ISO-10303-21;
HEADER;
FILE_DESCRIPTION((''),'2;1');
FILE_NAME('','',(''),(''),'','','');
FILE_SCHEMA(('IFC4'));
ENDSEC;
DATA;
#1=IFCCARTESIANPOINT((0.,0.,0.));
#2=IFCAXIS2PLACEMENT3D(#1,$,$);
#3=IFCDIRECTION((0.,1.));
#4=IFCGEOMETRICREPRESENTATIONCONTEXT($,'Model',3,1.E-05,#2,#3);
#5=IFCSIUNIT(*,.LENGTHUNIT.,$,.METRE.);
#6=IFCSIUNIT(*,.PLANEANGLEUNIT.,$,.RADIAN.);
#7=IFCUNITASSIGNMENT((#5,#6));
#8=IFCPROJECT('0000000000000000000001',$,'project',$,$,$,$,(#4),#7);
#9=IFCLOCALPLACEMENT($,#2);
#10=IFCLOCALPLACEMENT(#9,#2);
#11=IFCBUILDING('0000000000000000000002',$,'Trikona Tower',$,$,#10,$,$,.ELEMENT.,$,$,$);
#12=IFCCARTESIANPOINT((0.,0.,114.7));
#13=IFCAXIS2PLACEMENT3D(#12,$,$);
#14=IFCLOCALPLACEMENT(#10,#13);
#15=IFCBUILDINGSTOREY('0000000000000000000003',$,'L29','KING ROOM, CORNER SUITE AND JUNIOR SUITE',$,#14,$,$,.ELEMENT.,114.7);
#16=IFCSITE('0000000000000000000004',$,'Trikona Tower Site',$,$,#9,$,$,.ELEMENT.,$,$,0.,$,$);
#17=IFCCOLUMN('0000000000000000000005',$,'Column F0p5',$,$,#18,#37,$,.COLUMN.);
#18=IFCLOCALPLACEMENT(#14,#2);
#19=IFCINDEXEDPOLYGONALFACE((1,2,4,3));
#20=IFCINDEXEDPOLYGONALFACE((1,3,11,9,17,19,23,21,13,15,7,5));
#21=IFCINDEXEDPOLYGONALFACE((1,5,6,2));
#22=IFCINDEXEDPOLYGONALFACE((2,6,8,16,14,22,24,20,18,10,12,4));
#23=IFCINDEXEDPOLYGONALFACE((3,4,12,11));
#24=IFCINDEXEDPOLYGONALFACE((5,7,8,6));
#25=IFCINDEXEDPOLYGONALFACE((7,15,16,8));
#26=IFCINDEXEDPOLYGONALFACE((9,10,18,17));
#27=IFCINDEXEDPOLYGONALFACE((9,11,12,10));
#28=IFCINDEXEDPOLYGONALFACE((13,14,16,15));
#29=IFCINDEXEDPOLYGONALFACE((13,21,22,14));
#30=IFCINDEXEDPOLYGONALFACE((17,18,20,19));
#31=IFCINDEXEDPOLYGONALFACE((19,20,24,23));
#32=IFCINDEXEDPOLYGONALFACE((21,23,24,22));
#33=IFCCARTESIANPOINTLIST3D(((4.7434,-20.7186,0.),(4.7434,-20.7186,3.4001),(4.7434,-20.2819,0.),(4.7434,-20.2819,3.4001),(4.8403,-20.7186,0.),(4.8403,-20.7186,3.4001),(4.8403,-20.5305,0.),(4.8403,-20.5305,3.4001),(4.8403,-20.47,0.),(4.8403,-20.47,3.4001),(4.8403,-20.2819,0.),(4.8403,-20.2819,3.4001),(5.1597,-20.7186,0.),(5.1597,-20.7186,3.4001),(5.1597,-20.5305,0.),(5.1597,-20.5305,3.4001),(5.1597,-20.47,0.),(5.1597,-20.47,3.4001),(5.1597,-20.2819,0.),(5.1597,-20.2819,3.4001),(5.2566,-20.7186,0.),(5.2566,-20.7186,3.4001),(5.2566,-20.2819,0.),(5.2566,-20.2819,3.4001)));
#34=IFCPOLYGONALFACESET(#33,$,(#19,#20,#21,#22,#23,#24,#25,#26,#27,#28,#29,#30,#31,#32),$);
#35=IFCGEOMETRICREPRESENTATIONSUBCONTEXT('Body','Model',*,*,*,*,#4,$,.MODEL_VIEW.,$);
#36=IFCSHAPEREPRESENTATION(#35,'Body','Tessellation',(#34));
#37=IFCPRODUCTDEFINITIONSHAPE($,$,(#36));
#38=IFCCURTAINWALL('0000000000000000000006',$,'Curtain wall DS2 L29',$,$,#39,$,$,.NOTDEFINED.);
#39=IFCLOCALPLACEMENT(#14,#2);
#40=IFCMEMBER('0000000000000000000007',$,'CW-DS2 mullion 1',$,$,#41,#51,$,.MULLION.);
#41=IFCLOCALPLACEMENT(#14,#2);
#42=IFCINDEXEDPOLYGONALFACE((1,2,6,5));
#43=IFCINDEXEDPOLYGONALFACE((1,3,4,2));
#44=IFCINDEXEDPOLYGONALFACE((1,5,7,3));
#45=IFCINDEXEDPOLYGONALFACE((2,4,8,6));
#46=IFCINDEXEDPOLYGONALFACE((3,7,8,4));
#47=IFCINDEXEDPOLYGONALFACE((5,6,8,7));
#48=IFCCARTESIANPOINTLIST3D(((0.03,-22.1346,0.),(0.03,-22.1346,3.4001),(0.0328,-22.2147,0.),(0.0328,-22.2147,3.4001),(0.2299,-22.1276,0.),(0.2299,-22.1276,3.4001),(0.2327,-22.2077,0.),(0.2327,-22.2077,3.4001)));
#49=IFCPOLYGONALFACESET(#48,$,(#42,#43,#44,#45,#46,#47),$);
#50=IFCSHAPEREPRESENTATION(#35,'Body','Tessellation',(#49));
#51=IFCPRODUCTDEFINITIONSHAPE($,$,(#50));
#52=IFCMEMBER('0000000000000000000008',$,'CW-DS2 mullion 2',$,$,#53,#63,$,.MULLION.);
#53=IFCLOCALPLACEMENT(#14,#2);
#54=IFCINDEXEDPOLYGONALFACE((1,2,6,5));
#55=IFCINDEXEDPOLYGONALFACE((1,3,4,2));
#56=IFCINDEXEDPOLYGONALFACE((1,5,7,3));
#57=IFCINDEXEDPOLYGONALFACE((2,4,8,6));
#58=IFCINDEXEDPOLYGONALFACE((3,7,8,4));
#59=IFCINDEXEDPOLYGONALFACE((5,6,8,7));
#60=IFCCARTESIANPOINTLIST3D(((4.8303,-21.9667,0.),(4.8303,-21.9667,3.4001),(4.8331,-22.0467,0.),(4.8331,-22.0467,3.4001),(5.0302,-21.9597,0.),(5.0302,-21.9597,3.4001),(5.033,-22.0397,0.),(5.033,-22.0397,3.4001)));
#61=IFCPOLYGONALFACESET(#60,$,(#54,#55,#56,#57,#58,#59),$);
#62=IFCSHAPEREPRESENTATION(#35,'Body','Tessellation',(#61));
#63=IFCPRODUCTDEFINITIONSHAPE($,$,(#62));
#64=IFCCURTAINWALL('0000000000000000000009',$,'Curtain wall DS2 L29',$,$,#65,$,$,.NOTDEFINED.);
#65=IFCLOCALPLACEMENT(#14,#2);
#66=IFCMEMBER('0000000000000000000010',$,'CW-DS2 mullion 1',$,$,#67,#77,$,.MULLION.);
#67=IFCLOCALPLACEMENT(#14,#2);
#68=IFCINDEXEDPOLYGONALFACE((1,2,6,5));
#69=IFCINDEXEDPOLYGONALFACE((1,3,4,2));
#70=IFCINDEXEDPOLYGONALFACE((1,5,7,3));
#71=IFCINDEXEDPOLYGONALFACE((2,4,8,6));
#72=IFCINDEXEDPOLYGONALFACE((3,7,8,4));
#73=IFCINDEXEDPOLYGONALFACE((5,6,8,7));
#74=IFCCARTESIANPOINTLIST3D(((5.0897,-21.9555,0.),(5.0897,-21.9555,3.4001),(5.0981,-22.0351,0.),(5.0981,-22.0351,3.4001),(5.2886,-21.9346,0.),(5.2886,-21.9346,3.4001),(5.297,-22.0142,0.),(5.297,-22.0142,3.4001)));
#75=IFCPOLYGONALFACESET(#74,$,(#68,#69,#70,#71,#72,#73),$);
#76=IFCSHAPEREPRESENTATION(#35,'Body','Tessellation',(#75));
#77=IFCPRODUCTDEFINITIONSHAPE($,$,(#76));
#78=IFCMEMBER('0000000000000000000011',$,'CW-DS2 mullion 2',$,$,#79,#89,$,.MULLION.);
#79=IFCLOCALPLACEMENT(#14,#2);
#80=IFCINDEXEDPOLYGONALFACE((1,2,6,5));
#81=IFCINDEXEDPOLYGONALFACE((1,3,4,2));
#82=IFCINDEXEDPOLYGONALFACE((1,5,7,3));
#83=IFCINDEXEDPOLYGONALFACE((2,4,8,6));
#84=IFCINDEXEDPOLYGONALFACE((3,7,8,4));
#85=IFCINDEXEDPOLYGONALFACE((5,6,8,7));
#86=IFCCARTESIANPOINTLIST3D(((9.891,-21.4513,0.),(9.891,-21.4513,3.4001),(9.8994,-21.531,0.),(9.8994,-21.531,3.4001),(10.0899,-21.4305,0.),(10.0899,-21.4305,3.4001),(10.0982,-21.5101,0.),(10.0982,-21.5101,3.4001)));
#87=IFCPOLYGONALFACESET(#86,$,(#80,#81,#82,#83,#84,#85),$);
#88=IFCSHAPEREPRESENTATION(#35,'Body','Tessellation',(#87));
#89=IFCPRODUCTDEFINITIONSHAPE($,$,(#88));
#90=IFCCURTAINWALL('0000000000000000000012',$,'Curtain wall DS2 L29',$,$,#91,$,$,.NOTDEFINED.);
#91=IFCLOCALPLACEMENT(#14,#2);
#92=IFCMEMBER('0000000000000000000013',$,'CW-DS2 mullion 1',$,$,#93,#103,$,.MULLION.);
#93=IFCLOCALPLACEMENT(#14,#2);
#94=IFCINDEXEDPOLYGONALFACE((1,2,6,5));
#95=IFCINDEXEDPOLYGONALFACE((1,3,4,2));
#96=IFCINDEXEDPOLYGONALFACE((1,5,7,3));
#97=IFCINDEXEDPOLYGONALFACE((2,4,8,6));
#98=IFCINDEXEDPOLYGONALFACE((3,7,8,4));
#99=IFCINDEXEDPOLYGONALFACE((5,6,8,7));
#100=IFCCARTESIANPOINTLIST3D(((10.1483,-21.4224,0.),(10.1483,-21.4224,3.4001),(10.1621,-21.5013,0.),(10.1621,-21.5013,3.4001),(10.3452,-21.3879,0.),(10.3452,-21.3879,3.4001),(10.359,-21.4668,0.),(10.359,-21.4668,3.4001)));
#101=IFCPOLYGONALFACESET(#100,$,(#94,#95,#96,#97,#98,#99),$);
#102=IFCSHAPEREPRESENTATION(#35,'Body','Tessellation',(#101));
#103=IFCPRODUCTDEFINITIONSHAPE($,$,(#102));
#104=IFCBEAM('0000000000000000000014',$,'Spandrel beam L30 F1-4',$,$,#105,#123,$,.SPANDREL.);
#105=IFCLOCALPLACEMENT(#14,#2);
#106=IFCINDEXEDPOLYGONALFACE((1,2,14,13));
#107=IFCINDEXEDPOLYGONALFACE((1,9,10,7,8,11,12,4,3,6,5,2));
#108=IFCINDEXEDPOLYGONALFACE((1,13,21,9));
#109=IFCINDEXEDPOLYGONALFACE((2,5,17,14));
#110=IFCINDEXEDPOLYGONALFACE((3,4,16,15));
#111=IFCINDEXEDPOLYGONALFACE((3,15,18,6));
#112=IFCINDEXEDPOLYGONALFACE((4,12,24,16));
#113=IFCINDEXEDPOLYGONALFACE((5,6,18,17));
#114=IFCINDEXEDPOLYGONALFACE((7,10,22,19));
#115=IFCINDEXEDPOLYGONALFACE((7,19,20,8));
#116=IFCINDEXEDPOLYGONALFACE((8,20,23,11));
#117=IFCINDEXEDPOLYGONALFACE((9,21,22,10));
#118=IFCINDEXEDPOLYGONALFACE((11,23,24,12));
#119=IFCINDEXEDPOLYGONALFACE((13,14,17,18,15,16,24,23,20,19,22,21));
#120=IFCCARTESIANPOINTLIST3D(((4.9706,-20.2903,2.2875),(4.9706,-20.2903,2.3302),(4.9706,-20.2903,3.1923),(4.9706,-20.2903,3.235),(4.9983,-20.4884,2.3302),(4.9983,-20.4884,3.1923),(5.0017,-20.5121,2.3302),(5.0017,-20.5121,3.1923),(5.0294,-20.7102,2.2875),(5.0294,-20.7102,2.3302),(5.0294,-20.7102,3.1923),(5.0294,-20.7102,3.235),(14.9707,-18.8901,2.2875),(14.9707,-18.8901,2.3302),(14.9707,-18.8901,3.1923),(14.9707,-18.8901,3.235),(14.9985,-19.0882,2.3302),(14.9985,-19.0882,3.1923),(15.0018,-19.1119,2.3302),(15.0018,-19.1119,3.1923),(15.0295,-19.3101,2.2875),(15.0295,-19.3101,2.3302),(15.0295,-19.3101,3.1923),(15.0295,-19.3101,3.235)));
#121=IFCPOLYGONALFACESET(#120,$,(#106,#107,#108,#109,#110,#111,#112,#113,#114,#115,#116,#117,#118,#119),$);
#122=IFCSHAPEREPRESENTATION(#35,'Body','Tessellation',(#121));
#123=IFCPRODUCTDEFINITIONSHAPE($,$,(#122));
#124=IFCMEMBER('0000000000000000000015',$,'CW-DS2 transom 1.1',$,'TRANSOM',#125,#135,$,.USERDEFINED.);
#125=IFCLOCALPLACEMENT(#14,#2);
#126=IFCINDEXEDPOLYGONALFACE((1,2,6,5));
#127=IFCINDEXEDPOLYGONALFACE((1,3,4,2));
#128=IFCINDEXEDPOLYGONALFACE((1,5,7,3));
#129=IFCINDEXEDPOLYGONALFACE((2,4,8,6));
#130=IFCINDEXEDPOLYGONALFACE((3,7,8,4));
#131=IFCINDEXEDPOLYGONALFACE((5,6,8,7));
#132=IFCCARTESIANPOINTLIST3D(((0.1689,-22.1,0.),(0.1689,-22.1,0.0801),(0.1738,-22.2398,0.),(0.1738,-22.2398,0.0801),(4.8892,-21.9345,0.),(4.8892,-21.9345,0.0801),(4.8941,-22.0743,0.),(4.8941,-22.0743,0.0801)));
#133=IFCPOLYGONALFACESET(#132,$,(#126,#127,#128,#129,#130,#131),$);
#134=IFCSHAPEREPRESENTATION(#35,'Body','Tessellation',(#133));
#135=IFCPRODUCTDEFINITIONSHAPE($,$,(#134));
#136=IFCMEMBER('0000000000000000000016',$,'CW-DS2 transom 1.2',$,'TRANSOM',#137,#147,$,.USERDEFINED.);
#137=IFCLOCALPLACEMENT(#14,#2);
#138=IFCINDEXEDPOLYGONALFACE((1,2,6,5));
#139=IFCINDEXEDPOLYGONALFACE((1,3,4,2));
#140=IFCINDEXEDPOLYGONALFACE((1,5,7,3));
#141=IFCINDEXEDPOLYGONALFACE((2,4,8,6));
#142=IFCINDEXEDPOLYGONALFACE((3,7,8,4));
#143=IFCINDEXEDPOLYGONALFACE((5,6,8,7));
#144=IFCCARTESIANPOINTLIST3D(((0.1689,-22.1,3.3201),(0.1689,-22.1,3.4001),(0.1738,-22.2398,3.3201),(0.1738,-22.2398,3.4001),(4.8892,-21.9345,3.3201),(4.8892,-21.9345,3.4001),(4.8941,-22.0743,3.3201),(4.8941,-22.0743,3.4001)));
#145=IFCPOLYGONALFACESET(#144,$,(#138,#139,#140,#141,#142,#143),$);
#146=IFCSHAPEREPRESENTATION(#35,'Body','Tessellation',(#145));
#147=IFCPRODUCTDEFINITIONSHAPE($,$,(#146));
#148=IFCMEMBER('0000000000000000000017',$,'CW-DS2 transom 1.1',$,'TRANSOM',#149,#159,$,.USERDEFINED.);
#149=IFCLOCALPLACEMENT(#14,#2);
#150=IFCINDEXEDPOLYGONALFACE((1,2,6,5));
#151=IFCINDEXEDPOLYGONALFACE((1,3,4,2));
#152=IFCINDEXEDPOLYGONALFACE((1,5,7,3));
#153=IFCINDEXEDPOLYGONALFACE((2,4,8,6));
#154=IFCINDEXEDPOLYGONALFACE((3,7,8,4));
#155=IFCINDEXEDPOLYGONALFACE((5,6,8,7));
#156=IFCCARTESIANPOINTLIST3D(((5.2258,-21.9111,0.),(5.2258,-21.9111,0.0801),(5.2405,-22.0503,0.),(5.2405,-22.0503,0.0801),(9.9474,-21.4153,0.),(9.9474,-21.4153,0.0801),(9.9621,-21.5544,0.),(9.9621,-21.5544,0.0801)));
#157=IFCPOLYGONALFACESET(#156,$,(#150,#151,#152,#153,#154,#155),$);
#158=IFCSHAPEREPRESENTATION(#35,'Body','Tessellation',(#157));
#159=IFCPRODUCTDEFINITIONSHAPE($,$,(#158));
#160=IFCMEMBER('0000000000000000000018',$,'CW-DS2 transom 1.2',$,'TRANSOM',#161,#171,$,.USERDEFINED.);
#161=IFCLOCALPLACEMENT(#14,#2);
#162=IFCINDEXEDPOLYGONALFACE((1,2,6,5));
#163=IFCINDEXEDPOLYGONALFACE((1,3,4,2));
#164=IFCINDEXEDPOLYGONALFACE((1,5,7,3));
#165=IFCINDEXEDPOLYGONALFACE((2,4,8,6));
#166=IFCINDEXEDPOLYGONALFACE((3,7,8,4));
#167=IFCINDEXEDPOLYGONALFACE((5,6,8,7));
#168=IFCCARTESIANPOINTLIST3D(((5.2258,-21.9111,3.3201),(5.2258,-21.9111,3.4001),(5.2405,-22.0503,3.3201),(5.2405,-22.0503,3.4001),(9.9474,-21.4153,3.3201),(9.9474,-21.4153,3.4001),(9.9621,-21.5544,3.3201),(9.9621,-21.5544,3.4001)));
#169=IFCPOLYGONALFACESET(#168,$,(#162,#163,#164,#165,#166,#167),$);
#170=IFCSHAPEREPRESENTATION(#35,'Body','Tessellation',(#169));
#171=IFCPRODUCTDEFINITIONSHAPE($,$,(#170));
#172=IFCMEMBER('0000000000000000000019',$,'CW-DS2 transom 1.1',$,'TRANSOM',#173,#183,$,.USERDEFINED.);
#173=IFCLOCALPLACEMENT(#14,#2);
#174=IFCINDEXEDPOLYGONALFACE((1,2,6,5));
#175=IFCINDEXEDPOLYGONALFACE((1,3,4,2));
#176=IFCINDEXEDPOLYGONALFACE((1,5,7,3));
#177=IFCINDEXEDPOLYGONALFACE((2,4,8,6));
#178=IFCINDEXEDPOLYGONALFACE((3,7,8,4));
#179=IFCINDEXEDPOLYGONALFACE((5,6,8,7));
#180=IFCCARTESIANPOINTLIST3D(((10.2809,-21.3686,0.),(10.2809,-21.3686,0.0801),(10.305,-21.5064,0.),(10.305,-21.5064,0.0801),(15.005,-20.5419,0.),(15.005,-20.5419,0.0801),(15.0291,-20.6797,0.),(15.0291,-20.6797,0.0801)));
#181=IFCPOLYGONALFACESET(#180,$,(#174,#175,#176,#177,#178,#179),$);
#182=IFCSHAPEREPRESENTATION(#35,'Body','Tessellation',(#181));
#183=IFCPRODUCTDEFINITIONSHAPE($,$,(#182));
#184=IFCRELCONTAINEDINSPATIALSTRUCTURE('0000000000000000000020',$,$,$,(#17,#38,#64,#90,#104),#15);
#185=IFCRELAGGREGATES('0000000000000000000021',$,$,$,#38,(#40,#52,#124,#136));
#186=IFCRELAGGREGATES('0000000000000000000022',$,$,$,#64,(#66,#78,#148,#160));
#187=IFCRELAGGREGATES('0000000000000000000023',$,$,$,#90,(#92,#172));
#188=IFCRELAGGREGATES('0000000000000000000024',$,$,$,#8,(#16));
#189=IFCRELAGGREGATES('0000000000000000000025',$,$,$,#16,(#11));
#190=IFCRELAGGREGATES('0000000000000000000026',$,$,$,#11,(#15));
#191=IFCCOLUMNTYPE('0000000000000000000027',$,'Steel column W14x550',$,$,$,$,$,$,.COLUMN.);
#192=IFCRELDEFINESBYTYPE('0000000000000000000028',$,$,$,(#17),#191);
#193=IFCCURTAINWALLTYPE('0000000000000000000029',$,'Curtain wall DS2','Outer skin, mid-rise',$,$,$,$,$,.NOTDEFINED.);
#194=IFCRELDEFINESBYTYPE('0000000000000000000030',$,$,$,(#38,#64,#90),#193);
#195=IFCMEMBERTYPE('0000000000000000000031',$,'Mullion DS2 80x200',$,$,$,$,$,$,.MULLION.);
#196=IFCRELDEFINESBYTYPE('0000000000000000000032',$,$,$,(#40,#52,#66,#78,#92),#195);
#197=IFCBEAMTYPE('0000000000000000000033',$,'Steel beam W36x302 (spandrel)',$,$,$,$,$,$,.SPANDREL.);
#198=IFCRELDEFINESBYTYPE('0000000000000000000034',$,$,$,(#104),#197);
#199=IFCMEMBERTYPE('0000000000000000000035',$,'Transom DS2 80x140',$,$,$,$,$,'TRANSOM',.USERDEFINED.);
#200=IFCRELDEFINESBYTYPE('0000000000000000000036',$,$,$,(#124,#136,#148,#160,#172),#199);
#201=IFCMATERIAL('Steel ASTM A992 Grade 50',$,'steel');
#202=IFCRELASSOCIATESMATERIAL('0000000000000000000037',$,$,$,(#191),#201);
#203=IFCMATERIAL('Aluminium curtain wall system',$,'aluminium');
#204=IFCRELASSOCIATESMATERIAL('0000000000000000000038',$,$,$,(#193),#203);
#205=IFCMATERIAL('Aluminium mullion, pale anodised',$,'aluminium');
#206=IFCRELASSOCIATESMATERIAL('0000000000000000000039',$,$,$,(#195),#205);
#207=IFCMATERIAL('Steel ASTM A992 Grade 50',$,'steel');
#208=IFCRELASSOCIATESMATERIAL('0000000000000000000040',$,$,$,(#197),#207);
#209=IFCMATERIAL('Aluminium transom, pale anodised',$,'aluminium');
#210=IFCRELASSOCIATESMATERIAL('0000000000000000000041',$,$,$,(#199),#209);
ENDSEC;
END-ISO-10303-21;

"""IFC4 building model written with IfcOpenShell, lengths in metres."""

from ifc_helpers import new_model, si_unit, direction, frame, origin, origin_2d, place, context, subcontext, project, spatial, rectangle, i_section, extrude, material, material_profile, profile_set, type_object, element, aggregate, save


model = new_model("IFC4")

# Units and contexts
model_context = context("Model", 3, precision=1e-05, world=origin(), true_north=direction((0.0, 1.0)))
body_context = subcontext(model_context, "Body", "Model", "MODEL_VIEW")
ifc_project = project(units=[si_unit("LENGTHUNIT", "METRE"), si_unit("PLANEANGLEUNIT", "RADIAN")], contexts=[model_context])

# Site, building, storey
site_placement = place(None, origin())
site = spatial("IfcSite", under=ifc_project, at=site_placement, Name="Trikona Tower Site", CompositionType="ELEMENT", RefElevation=0.0)
building_placement = place(site_placement, origin())
building = spatial("IfcBuilding", under=site, at=building_placement, Name="Trikona Tower", CompositionType="ELEMENT")
storey_placement = place(building_placement, frame((0.0, 0.0, 114.7)))
storey = spatial("IfcBuildingStorey", under=building, at=storey_placement, Name="L29", Description="KING ROOM, CORNER SUITE AND JUNIOR SUITE", CompositionType="ELEMENT", Elevation=114.7)

# Column
ifc_material_1 = material(Name="Steel ASTM A992 Grade 50", Category="steel")
ifc_material_profile_1 = material_profile(ifc_material_1, i_section(OverallWidth=0.4368, OverallDepth=0.5132, WebThickness=0.0605, FlangeThickness=0.0969, at=origin_2d()), Name="W14X550")
ifc_profile_set_1 = profile_set([ifc_material_profile_1], Name="Steel ASTM A992 Grade 50")
column_type = type_object("IfcColumnType", Name="Steel column W14x550", PredefinedType="COLUMN", material=ifc_profile_set_1)
column_placement = place(storey_placement, frame((5.0, -20.5002, 0.0), z_axis=(0.0, 0.0, 1.0), x_axis=(0.0, -1.0, 0.0)))
element("IfcColumn", 1, at=column_placement, inside=storey, type_object=column_type, Name="Column F0p5", PredefinedType="COLUMN", context=body_context, shape_type="SweptSolid", body=[
    extrude(i_section(OverallWidth=0.4368, OverallDepth=0.5132, WebThickness=0.0605, FlangeThickness=0.0969, at=origin_2d()), origin(), (0.0, 0.0, 1.0), 3.4001),
])

# Curtain walls, members
ifc_material_2 = material(Name="Aluminium curtain wall system", Category="aluminium")
curtain_wall_type = type_object("IfcCurtainWallType", Name="Curtain wall DS2", Description="Outer skin, mid-rise", PredefinedType="NOTDEFINED", material=ifc_material_2)
curtain_wall_1_placement = place(storey_placement, origin())
curtain_wall_1 = element("IfcCurtainWall", 2, at=curtain_wall_1_placement, inside=storey, type_object=curtain_wall_type, Name="Curtain wall DS2 L29", PredefinedType="NOTDEFINED")
ifc_material_3 = material(Name="Aluminium mullion, pale anodised", Category="aluminium")
ifc_material_profile_2 = material_profile(ifc_material_3, rectangle(XDim=0.0801, YDim=0.2, at=origin_2d()), Name="MUL-DS2")
ifc_profile_set_2 = profile_set([ifc_material_profile_2], Name="Aluminium mullion, pale anodised")
member_type_1 = type_object("IfcMemberType", Name="Mullion DS2 80x200", PredefinedType="MULLION", material=ifc_profile_set_2)
member_1_placement = place(storey_placement, frame((0.1313, -22.1711, 0.0), z_axis=(0.0, 0.0, 1.0), x_axis=(-0.034998, 0.999387, 0.0)))
member_1 = element("IfcMember", 3, at=member_1_placement, type_object=member_type_1, Name="CW-DS2 mullion 1", PredefinedType="MULLION", context=body_context, shape_type="SweptSolid", body=[
    extrude(rectangle(XDim=0.0801, YDim=0.2, at=origin_2d()), origin(), (0.0, 0.0, 1.0), 3.4001),
])
member_2_placement = place(storey_placement, frame((4.9316, -22.0032, 0.0), z_axis=(0.0, 0.0, 1.0), x_axis=(-0.034998, 0.999387, 0.0)))
member_2 = element("IfcMember", 4, at=member_2_placement, type_object=member_type_1, Name="CW-DS2 mullion 2", PredefinedType="MULLION", context=body_context, shape_type="SweptSolid", body=[
    extrude(rectangle(XDim=0.0801, YDim=0.2, at=origin_2d()), origin(), (0.0, 0.0, 1.0), 3.4001),
])
curtain_wall_2_placement = place(storey_placement, origin())
curtain_wall_2 = element("IfcCurtainWall", 5, at=curtain_wall_2_placement, inside=storey, type_object=curtain_wall_type, Name="Curtain wall DS2 L29", PredefinedType="NOTDEFINED")
member_3_placement = place(storey_placement, frame((5.1934, -21.9849, 0.0), z_axis=(0.0, 0.0, 1.0), x_axis=(-0.104433, 0.994532, 0.0)))
member_3 = element("IfcMember", 6, at=member_3_placement, type_object=member_type_1, Name="CW-DS2 mullion 1", PredefinedType="MULLION", context=body_context, shape_type="SweptSolid", body=[
    extrude(rectangle(XDim=0.0801, YDim=0.2, at=origin_2d()), origin(), (0.0, 0.0, 1.0), 3.4001),
])
member_4_placement = place(storey_placement, frame((9.9946, -21.4807, 0.0), z_axis=(0.0, 0.0, 1.0), x_axis=(-0.104433, 0.994532, 0.0)))
member_4 = element("IfcMember", 7, at=member_4_placement, type_object=member_type_1, Name="CW-DS2 mullion 2", PredefinedType="MULLION", context=body_context, shape_type="SweptSolid", body=[
    extrude(rectangle(XDim=0.0801, YDim=0.2, at=origin_2d()), origin(), (0.0, 0.0, 1.0), 3.4001),
])

# Curtain wall, member
curtain_wall_3_placement = place(storey_placement, origin())
curtain_wall_3 = element("IfcCurtainWall", 8, at=curtain_wall_3_placement, inside=storey, type_object=curtain_wall_type, Name="Curtain wall DS2 L29", PredefinedType="NOTDEFINED")
member_5_placement = place(storey_placement, frame((10.2537, -21.4446, 0.0), z_axis=(0.0, 0.0, 1.0), x_axis=(-0.172377, 0.985031, 0.0)))
member_5 = element("IfcMember", 9, at=member_5_placement, type_object=member_type_1, Name="CW-DS2 mullion 1", PredefinedType="MULLION", context=body_context, shape_type="SweptSolid", body=[
    extrude(rectangle(XDim=0.0801, YDim=0.2, at=origin_2d()), origin(), (0.0, 0.0, 1.0), 3.4001),
])

# Beam
ifc_material_4 = material(Name="Steel ASTM A992 Grade 50", Category="steel")
ifc_material_profile_3 = material_profile(ifc_material_4, i_section(OverallWidth=0.4241, OverallDepth=0.9475, WebThickness=0.0239, FlangeThickness=0.0427, at=origin_2d()), Name="W36X302")
ifc_profile_set_3 = profile_set([ifc_material_profile_3], Name="Steel ASTM A992 Grade 50")
beam_type = type_object("IfcBeamType", Name="Steel beam W36x302 (spandrel)", PredefinedType="SPANDREL", material=ifc_profile_set_3)
beam_placement = place(storey_placement, frame((5.0, -20.5002, 2.7612), z_axis=(0.99034, 0.138662, 0.0), x_axis=(-0.138662, 0.99034, 0.0)))
element("IfcBeam", 10, at=beam_placement, inside=storey, type_object=beam_type, Name="Spandrel beam L30 F1-4", PredefinedType="SPANDREL", context=body_context, shape_type="SweptSolid", body=[
    extrude(i_section(OverallWidth=0.4241, OverallDepth=0.9475, WebThickness=0.0239, FlangeThickness=0.0427, at=origin_2d()), origin(), (0.0, 0.0, 1.0), 10.0977),
])

# Members
ifc_material_5 = material(Name="Aluminium transom, pale anodised", Category="aluminium")
ifc_material_profile_4 = material_profile(ifc_material_5, rectangle(XDim=0.1399, YDim=0.0801, at=origin_2d()), Name="TRN-DS2")
ifc_profile_set_4 = profile_set([ifc_material_profile_4], Name="Aluminium transom, pale anodised")
member_type_2 = type_object("IfcMemberType", Name="Transom DS2 80x140", ElementType="TRANSOM", PredefinedType="USERDEFINED", material=ifc_profile_set_4)
member_6_placement = place(storey_placement, frame((0.1714, -22.1699, 0.04), z_axis=(0.999386, 0.035046, 0.0), x_axis=(-0.035046, 0.999386, 0.0)))
member_6 = element("IfcMember", 11, at=member_6_placement, type_object=member_type_2, Name="CW-DS2 transom 1.1", ObjectType="TRANSOM", PredefinedType="USERDEFINED", context=body_context, shape_type="SweptSolid", body=[
    extrude(rectangle(XDim=0.1399, YDim=0.0801, at=origin_2d()), origin(), (0.0, 0.0, 1.0), 4.7231),
])
member_7_placement = place(storey_placement, frame((0.1714, -22.1699, 3.3601), z_axis=(0.999386, 0.035046, 0.0), x_axis=(-0.035046, 0.999386, 0.0)))
member_7 = element("IfcMember", 12, at=member_7_placement, type_object=member_type_2, Name="CW-DS2 transom 1.2", ObjectType="TRANSOM", PredefinedType="USERDEFINED", context=body_context, shape_type="SweptSolid", body=[
    extrude(rectangle(XDim=0.1399, YDim=0.0801, at=origin_2d()), origin(), (0.0, 0.0, 1.0), 4.7231),
])
member_8_placement = place(storey_placement, frame((5.2332, -21.9807, 0.04), z_axis=(0.994531, 0.104441, 0.0), x_axis=(-0.104441, 0.994531, 0.0)))
member_8 = element("IfcMember", 13, at=member_8_placement, type_object=member_type_2, Name="CW-DS2 transom 1.1", ObjectType="TRANSOM", PredefinedType="USERDEFINED", context=body_context, shape_type="SweptSolid", body=[
    extrude(rectangle(XDim=0.1399, YDim=0.0801, at=origin_2d()), origin(), (0.0, 0.0, 1.0), 4.7476),
])
member_9_placement = place(storey_placement, frame((5.2332, -21.9807, 3.3601), z_axis=(0.994531, 0.104441, 0.0), x_axis=(-0.104441, 0.994531, 0.0)))
member_9 = element("IfcMember", 14, at=member_9_placement, type_object=member_type_2, Name="CW-DS2 transom 1.2", ObjectType="TRANSOM", PredefinedType="USERDEFINED", context=body_context, shape_type="SweptSolid", body=[
    extrude(rectangle(XDim=0.1399, YDim=0.0801, at=origin_2d()), origin(), (0.0, 0.0, 1.0), 4.7476),
])
member_10_placement = place(storey_placement, frame((10.293, -21.4375, 0.04), z_axis=(0.985033, 0.172368, 0.0), x_axis=(-0.172368, 0.985033, 0.0)))
member_10 = element("IfcMember", 15, at=member_10_placement, type_object=member_type_2, Name="CW-DS2 transom 1.1", ObjectType="TRANSOM", PredefinedType="USERDEFINED", context=body_context, shape_type="SweptSolid", body=[
    extrude(rectangle(XDim=0.1399, YDim=0.0801, at=origin_2d()), origin(), (0.0, 0.0, 1.0), 4.7959),
])

aggregate(curtain_wall_1, [member_1, member_2, member_6, member_7])
aggregate(curtain_wall_2, [member_3, member_4, member_8, member_9])
aggregate(curtain_wall_3, [member_5, member_10])

save(model, "model.ifc")
